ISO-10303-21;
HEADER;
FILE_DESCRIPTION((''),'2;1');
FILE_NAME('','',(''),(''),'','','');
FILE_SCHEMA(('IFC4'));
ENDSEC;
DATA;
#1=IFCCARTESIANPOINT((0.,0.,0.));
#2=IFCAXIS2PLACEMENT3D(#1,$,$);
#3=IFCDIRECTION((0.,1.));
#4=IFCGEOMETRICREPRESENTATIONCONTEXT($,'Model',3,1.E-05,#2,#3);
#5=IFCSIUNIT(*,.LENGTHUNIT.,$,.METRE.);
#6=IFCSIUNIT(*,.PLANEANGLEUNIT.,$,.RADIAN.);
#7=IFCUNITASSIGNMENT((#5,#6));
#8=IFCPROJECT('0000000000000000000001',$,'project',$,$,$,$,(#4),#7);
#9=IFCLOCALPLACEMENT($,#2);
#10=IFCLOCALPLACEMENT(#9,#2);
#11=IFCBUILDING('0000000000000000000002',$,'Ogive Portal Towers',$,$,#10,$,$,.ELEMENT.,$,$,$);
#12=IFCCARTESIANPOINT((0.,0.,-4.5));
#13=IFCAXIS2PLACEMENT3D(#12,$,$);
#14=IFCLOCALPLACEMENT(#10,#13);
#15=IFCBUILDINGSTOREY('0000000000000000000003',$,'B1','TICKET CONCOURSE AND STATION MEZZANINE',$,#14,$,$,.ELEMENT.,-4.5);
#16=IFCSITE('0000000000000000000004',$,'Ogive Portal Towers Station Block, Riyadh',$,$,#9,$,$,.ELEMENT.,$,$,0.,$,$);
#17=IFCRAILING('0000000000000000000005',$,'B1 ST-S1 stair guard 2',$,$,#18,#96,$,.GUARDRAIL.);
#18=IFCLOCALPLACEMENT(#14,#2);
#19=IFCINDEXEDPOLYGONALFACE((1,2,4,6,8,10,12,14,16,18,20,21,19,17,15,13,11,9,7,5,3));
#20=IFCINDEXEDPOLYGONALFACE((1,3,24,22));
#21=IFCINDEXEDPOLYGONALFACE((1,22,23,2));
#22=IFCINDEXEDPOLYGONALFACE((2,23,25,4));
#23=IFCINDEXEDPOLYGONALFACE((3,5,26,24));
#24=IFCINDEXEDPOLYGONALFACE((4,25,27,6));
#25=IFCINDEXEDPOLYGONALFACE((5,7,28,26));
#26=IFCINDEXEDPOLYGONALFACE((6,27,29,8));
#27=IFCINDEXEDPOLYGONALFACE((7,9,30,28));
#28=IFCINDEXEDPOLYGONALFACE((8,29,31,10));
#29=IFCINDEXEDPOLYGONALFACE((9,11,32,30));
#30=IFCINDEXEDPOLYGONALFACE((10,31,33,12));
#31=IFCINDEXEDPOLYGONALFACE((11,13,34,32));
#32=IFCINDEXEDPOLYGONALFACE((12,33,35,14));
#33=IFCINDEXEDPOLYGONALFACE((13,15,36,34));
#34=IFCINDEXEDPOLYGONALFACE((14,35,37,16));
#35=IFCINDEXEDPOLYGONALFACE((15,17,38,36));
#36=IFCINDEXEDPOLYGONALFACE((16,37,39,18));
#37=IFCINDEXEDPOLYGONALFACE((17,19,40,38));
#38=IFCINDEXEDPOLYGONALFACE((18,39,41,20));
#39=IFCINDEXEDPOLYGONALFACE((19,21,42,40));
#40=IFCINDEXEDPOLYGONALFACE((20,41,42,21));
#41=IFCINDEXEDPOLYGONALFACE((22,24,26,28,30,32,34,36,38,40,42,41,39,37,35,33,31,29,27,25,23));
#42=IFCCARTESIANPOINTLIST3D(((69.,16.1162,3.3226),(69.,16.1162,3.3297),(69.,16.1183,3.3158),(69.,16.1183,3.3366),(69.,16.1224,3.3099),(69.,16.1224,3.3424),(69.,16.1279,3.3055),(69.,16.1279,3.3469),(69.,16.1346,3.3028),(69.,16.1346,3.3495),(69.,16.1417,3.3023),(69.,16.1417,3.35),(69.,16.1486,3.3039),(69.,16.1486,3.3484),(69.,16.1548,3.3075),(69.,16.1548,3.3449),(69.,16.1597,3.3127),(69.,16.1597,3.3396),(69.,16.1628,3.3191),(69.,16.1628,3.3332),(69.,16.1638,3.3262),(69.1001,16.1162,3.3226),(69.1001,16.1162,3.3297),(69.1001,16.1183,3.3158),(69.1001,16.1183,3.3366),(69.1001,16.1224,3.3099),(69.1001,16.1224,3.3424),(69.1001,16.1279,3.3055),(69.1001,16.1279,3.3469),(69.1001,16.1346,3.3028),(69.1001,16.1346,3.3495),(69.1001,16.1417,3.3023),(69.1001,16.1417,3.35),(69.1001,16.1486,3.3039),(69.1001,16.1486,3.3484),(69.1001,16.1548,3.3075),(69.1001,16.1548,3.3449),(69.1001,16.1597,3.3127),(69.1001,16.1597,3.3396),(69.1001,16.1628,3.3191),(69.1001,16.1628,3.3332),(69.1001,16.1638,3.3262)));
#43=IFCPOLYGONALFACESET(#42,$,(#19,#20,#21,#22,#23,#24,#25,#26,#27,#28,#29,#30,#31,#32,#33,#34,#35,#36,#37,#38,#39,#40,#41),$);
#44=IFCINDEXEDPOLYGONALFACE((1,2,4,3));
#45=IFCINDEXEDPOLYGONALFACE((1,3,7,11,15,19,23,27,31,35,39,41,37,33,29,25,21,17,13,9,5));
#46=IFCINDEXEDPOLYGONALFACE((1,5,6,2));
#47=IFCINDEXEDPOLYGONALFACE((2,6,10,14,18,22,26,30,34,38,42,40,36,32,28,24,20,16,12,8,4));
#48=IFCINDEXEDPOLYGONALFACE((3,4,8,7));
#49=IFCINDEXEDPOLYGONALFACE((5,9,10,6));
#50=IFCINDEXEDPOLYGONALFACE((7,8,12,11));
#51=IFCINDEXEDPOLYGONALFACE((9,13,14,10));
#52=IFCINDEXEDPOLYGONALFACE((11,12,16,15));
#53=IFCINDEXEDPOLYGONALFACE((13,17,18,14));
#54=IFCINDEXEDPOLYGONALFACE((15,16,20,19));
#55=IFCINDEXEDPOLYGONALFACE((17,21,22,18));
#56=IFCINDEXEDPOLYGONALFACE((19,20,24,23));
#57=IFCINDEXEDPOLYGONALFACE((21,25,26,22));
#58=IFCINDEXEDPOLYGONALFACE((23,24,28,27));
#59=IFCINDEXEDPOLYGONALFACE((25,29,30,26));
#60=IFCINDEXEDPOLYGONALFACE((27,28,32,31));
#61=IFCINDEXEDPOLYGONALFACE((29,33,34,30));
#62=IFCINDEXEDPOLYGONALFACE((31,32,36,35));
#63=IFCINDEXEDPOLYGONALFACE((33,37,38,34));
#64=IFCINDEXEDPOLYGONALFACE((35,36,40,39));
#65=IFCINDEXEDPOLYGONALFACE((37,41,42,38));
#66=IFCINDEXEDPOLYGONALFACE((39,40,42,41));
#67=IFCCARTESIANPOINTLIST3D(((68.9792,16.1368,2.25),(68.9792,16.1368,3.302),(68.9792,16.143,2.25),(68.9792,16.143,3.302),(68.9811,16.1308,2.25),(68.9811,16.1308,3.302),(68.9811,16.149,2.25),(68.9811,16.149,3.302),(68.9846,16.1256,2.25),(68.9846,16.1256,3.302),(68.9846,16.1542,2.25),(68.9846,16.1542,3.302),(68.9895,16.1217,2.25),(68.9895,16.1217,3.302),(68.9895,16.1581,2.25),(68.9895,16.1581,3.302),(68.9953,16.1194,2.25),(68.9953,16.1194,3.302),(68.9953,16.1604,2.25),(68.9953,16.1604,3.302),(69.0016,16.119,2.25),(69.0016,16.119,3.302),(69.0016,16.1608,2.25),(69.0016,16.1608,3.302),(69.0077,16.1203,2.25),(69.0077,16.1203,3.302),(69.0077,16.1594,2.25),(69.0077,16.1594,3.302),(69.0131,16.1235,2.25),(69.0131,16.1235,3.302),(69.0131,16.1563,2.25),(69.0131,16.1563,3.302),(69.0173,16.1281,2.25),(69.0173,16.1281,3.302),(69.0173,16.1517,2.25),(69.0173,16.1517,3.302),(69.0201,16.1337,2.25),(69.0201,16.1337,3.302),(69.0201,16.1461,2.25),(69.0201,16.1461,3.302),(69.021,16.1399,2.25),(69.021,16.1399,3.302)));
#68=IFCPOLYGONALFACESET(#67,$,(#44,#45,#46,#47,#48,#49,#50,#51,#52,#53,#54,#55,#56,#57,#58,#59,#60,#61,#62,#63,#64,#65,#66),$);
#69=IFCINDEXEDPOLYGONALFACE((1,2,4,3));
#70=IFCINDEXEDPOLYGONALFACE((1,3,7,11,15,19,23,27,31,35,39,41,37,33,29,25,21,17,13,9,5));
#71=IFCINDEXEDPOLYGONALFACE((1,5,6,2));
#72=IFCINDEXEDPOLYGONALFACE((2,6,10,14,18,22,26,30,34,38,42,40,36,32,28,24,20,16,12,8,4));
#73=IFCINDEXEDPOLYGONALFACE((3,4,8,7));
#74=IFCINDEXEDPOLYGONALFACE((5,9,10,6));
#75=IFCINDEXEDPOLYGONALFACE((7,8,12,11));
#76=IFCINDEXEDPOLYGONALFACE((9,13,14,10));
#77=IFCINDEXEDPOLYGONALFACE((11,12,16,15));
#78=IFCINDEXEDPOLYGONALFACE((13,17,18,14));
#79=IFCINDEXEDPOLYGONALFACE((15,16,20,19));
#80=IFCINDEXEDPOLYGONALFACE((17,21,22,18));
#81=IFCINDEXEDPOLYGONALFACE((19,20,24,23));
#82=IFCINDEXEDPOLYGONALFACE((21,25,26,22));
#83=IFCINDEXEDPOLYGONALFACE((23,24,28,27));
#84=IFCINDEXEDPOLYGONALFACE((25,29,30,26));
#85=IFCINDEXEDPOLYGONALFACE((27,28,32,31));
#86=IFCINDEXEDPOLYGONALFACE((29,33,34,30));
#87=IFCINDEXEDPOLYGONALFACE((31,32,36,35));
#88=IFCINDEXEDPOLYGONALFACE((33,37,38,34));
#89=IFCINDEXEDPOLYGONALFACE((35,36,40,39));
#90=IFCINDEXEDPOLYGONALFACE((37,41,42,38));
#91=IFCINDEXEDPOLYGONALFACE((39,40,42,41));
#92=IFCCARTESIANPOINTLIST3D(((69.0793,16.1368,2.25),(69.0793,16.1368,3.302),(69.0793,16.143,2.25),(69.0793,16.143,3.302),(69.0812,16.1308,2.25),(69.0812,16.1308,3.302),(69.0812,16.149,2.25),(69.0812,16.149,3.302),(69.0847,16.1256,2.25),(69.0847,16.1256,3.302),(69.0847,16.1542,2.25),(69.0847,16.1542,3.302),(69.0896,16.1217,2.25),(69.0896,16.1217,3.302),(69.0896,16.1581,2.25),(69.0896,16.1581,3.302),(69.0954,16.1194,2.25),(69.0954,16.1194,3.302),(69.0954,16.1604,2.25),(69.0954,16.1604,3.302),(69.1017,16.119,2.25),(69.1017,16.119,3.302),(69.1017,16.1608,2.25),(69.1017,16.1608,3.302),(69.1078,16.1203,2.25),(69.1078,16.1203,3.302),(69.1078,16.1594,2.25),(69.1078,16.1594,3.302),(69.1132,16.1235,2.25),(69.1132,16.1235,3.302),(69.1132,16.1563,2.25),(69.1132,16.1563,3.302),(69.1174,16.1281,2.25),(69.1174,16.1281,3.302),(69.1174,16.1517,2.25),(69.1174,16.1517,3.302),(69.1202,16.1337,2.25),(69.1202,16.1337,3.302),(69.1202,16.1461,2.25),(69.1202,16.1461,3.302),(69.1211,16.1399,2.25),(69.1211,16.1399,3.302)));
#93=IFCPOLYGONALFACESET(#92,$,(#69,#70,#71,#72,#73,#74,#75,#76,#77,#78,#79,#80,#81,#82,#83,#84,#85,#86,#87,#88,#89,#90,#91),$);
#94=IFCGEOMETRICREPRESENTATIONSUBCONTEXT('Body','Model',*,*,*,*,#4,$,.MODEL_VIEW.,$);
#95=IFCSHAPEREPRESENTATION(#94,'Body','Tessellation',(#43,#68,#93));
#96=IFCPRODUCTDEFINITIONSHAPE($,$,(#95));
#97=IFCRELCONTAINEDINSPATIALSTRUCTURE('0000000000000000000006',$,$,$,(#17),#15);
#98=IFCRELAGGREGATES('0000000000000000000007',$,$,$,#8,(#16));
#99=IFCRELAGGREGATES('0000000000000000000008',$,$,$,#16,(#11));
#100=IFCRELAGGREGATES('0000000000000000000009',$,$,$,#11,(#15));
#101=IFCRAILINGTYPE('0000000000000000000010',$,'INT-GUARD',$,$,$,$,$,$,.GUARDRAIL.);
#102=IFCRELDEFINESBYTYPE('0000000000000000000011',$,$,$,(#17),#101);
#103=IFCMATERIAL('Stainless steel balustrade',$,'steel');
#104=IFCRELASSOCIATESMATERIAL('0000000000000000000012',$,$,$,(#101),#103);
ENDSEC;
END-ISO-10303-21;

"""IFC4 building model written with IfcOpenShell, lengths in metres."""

from ifc_helpers import new_model, si_unit, direction, frame, origin, origin_2d, place, context, subcontext, project, spatial, circle, extrude, material, type_object, element, save


model = new_model("IFC4")

# Units and contexts
model_context = context("Model", 3, precision=1e-05, world=origin(), true_north=direction((0.0, 1.0)))
body_context = subcontext(model_context, "Body", "Model", "MODEL_VIEW")
ifc_project = project(units=[si_unit("LENGTHUNIT", "METRE"), si_unit("PLANEANGLEUNIT", "RADIAN")], contexts=[model_context])

# Site, building, storey
site_placement = place(None, origin())
site = spatial("IfcSite", under=ifc_project, at=site_placement, Name="Ogive Portal Towers Station Block, Riyadh", CompositionType="ELEMENT", RefElevation=0.0)
building_placement = place(site_placement, origin())
building = spatial("IfcBuilding", under=site, at=building_placement, Name="Ogive Portal Towers", CompositionType="ELEMENT")
storey_placement = place(building_placement, frame((0.0, 0.0, -4.5)))
storey = spatial("IfcBuildingStorey", under=building, at=storey_placement, Name="B1", Description="TICKET CONCOURSE AND STATION MEZZANINE", CompositionType="ELEMENT", Elevation=-4.5)

# Railing
ifc_material_1 = material(Name="Stainless steel balustrade", Category="steel")
railing_type_1 = type_object("IfcRailingType", Name="INT-GUARD", PredefinedType="GUARDRAIL", material=ifc_material_1)
railing_1_placement = place(storey_placement, frame((69.0, 16.1399, 2.25)))
element("IfcRailing", 1, at=railing_1_placement, inside=storey, type_object=railing_type_1, Name="B1 ST-S1 stair guard 2", PredefinedType="GUARDRAIL", context=body_context, shape_type="SweptSolid", body=[
    extrude(circle(Radius=0.0239, at=origin_2d()), frame((0.0, 0.0, 1.0762), z_axis=(1.0, 0.0, 0.0), x_axis=(0.0, 1.0, 0.0)), (0.0, 0.0, 1.0), 0.1001),
    extrude(circle(Radius=0.021, at=origin_2d()), origin(), (0.0, 0.0, 1.0), 1.052),
    extrude(circle(Radius=0.021, at=origin_2d()), frame((0.1001, 0.0, 0.0)), (0.0, 0.0, 1.0), 1.052),
])

save(model, "model.ifc")
